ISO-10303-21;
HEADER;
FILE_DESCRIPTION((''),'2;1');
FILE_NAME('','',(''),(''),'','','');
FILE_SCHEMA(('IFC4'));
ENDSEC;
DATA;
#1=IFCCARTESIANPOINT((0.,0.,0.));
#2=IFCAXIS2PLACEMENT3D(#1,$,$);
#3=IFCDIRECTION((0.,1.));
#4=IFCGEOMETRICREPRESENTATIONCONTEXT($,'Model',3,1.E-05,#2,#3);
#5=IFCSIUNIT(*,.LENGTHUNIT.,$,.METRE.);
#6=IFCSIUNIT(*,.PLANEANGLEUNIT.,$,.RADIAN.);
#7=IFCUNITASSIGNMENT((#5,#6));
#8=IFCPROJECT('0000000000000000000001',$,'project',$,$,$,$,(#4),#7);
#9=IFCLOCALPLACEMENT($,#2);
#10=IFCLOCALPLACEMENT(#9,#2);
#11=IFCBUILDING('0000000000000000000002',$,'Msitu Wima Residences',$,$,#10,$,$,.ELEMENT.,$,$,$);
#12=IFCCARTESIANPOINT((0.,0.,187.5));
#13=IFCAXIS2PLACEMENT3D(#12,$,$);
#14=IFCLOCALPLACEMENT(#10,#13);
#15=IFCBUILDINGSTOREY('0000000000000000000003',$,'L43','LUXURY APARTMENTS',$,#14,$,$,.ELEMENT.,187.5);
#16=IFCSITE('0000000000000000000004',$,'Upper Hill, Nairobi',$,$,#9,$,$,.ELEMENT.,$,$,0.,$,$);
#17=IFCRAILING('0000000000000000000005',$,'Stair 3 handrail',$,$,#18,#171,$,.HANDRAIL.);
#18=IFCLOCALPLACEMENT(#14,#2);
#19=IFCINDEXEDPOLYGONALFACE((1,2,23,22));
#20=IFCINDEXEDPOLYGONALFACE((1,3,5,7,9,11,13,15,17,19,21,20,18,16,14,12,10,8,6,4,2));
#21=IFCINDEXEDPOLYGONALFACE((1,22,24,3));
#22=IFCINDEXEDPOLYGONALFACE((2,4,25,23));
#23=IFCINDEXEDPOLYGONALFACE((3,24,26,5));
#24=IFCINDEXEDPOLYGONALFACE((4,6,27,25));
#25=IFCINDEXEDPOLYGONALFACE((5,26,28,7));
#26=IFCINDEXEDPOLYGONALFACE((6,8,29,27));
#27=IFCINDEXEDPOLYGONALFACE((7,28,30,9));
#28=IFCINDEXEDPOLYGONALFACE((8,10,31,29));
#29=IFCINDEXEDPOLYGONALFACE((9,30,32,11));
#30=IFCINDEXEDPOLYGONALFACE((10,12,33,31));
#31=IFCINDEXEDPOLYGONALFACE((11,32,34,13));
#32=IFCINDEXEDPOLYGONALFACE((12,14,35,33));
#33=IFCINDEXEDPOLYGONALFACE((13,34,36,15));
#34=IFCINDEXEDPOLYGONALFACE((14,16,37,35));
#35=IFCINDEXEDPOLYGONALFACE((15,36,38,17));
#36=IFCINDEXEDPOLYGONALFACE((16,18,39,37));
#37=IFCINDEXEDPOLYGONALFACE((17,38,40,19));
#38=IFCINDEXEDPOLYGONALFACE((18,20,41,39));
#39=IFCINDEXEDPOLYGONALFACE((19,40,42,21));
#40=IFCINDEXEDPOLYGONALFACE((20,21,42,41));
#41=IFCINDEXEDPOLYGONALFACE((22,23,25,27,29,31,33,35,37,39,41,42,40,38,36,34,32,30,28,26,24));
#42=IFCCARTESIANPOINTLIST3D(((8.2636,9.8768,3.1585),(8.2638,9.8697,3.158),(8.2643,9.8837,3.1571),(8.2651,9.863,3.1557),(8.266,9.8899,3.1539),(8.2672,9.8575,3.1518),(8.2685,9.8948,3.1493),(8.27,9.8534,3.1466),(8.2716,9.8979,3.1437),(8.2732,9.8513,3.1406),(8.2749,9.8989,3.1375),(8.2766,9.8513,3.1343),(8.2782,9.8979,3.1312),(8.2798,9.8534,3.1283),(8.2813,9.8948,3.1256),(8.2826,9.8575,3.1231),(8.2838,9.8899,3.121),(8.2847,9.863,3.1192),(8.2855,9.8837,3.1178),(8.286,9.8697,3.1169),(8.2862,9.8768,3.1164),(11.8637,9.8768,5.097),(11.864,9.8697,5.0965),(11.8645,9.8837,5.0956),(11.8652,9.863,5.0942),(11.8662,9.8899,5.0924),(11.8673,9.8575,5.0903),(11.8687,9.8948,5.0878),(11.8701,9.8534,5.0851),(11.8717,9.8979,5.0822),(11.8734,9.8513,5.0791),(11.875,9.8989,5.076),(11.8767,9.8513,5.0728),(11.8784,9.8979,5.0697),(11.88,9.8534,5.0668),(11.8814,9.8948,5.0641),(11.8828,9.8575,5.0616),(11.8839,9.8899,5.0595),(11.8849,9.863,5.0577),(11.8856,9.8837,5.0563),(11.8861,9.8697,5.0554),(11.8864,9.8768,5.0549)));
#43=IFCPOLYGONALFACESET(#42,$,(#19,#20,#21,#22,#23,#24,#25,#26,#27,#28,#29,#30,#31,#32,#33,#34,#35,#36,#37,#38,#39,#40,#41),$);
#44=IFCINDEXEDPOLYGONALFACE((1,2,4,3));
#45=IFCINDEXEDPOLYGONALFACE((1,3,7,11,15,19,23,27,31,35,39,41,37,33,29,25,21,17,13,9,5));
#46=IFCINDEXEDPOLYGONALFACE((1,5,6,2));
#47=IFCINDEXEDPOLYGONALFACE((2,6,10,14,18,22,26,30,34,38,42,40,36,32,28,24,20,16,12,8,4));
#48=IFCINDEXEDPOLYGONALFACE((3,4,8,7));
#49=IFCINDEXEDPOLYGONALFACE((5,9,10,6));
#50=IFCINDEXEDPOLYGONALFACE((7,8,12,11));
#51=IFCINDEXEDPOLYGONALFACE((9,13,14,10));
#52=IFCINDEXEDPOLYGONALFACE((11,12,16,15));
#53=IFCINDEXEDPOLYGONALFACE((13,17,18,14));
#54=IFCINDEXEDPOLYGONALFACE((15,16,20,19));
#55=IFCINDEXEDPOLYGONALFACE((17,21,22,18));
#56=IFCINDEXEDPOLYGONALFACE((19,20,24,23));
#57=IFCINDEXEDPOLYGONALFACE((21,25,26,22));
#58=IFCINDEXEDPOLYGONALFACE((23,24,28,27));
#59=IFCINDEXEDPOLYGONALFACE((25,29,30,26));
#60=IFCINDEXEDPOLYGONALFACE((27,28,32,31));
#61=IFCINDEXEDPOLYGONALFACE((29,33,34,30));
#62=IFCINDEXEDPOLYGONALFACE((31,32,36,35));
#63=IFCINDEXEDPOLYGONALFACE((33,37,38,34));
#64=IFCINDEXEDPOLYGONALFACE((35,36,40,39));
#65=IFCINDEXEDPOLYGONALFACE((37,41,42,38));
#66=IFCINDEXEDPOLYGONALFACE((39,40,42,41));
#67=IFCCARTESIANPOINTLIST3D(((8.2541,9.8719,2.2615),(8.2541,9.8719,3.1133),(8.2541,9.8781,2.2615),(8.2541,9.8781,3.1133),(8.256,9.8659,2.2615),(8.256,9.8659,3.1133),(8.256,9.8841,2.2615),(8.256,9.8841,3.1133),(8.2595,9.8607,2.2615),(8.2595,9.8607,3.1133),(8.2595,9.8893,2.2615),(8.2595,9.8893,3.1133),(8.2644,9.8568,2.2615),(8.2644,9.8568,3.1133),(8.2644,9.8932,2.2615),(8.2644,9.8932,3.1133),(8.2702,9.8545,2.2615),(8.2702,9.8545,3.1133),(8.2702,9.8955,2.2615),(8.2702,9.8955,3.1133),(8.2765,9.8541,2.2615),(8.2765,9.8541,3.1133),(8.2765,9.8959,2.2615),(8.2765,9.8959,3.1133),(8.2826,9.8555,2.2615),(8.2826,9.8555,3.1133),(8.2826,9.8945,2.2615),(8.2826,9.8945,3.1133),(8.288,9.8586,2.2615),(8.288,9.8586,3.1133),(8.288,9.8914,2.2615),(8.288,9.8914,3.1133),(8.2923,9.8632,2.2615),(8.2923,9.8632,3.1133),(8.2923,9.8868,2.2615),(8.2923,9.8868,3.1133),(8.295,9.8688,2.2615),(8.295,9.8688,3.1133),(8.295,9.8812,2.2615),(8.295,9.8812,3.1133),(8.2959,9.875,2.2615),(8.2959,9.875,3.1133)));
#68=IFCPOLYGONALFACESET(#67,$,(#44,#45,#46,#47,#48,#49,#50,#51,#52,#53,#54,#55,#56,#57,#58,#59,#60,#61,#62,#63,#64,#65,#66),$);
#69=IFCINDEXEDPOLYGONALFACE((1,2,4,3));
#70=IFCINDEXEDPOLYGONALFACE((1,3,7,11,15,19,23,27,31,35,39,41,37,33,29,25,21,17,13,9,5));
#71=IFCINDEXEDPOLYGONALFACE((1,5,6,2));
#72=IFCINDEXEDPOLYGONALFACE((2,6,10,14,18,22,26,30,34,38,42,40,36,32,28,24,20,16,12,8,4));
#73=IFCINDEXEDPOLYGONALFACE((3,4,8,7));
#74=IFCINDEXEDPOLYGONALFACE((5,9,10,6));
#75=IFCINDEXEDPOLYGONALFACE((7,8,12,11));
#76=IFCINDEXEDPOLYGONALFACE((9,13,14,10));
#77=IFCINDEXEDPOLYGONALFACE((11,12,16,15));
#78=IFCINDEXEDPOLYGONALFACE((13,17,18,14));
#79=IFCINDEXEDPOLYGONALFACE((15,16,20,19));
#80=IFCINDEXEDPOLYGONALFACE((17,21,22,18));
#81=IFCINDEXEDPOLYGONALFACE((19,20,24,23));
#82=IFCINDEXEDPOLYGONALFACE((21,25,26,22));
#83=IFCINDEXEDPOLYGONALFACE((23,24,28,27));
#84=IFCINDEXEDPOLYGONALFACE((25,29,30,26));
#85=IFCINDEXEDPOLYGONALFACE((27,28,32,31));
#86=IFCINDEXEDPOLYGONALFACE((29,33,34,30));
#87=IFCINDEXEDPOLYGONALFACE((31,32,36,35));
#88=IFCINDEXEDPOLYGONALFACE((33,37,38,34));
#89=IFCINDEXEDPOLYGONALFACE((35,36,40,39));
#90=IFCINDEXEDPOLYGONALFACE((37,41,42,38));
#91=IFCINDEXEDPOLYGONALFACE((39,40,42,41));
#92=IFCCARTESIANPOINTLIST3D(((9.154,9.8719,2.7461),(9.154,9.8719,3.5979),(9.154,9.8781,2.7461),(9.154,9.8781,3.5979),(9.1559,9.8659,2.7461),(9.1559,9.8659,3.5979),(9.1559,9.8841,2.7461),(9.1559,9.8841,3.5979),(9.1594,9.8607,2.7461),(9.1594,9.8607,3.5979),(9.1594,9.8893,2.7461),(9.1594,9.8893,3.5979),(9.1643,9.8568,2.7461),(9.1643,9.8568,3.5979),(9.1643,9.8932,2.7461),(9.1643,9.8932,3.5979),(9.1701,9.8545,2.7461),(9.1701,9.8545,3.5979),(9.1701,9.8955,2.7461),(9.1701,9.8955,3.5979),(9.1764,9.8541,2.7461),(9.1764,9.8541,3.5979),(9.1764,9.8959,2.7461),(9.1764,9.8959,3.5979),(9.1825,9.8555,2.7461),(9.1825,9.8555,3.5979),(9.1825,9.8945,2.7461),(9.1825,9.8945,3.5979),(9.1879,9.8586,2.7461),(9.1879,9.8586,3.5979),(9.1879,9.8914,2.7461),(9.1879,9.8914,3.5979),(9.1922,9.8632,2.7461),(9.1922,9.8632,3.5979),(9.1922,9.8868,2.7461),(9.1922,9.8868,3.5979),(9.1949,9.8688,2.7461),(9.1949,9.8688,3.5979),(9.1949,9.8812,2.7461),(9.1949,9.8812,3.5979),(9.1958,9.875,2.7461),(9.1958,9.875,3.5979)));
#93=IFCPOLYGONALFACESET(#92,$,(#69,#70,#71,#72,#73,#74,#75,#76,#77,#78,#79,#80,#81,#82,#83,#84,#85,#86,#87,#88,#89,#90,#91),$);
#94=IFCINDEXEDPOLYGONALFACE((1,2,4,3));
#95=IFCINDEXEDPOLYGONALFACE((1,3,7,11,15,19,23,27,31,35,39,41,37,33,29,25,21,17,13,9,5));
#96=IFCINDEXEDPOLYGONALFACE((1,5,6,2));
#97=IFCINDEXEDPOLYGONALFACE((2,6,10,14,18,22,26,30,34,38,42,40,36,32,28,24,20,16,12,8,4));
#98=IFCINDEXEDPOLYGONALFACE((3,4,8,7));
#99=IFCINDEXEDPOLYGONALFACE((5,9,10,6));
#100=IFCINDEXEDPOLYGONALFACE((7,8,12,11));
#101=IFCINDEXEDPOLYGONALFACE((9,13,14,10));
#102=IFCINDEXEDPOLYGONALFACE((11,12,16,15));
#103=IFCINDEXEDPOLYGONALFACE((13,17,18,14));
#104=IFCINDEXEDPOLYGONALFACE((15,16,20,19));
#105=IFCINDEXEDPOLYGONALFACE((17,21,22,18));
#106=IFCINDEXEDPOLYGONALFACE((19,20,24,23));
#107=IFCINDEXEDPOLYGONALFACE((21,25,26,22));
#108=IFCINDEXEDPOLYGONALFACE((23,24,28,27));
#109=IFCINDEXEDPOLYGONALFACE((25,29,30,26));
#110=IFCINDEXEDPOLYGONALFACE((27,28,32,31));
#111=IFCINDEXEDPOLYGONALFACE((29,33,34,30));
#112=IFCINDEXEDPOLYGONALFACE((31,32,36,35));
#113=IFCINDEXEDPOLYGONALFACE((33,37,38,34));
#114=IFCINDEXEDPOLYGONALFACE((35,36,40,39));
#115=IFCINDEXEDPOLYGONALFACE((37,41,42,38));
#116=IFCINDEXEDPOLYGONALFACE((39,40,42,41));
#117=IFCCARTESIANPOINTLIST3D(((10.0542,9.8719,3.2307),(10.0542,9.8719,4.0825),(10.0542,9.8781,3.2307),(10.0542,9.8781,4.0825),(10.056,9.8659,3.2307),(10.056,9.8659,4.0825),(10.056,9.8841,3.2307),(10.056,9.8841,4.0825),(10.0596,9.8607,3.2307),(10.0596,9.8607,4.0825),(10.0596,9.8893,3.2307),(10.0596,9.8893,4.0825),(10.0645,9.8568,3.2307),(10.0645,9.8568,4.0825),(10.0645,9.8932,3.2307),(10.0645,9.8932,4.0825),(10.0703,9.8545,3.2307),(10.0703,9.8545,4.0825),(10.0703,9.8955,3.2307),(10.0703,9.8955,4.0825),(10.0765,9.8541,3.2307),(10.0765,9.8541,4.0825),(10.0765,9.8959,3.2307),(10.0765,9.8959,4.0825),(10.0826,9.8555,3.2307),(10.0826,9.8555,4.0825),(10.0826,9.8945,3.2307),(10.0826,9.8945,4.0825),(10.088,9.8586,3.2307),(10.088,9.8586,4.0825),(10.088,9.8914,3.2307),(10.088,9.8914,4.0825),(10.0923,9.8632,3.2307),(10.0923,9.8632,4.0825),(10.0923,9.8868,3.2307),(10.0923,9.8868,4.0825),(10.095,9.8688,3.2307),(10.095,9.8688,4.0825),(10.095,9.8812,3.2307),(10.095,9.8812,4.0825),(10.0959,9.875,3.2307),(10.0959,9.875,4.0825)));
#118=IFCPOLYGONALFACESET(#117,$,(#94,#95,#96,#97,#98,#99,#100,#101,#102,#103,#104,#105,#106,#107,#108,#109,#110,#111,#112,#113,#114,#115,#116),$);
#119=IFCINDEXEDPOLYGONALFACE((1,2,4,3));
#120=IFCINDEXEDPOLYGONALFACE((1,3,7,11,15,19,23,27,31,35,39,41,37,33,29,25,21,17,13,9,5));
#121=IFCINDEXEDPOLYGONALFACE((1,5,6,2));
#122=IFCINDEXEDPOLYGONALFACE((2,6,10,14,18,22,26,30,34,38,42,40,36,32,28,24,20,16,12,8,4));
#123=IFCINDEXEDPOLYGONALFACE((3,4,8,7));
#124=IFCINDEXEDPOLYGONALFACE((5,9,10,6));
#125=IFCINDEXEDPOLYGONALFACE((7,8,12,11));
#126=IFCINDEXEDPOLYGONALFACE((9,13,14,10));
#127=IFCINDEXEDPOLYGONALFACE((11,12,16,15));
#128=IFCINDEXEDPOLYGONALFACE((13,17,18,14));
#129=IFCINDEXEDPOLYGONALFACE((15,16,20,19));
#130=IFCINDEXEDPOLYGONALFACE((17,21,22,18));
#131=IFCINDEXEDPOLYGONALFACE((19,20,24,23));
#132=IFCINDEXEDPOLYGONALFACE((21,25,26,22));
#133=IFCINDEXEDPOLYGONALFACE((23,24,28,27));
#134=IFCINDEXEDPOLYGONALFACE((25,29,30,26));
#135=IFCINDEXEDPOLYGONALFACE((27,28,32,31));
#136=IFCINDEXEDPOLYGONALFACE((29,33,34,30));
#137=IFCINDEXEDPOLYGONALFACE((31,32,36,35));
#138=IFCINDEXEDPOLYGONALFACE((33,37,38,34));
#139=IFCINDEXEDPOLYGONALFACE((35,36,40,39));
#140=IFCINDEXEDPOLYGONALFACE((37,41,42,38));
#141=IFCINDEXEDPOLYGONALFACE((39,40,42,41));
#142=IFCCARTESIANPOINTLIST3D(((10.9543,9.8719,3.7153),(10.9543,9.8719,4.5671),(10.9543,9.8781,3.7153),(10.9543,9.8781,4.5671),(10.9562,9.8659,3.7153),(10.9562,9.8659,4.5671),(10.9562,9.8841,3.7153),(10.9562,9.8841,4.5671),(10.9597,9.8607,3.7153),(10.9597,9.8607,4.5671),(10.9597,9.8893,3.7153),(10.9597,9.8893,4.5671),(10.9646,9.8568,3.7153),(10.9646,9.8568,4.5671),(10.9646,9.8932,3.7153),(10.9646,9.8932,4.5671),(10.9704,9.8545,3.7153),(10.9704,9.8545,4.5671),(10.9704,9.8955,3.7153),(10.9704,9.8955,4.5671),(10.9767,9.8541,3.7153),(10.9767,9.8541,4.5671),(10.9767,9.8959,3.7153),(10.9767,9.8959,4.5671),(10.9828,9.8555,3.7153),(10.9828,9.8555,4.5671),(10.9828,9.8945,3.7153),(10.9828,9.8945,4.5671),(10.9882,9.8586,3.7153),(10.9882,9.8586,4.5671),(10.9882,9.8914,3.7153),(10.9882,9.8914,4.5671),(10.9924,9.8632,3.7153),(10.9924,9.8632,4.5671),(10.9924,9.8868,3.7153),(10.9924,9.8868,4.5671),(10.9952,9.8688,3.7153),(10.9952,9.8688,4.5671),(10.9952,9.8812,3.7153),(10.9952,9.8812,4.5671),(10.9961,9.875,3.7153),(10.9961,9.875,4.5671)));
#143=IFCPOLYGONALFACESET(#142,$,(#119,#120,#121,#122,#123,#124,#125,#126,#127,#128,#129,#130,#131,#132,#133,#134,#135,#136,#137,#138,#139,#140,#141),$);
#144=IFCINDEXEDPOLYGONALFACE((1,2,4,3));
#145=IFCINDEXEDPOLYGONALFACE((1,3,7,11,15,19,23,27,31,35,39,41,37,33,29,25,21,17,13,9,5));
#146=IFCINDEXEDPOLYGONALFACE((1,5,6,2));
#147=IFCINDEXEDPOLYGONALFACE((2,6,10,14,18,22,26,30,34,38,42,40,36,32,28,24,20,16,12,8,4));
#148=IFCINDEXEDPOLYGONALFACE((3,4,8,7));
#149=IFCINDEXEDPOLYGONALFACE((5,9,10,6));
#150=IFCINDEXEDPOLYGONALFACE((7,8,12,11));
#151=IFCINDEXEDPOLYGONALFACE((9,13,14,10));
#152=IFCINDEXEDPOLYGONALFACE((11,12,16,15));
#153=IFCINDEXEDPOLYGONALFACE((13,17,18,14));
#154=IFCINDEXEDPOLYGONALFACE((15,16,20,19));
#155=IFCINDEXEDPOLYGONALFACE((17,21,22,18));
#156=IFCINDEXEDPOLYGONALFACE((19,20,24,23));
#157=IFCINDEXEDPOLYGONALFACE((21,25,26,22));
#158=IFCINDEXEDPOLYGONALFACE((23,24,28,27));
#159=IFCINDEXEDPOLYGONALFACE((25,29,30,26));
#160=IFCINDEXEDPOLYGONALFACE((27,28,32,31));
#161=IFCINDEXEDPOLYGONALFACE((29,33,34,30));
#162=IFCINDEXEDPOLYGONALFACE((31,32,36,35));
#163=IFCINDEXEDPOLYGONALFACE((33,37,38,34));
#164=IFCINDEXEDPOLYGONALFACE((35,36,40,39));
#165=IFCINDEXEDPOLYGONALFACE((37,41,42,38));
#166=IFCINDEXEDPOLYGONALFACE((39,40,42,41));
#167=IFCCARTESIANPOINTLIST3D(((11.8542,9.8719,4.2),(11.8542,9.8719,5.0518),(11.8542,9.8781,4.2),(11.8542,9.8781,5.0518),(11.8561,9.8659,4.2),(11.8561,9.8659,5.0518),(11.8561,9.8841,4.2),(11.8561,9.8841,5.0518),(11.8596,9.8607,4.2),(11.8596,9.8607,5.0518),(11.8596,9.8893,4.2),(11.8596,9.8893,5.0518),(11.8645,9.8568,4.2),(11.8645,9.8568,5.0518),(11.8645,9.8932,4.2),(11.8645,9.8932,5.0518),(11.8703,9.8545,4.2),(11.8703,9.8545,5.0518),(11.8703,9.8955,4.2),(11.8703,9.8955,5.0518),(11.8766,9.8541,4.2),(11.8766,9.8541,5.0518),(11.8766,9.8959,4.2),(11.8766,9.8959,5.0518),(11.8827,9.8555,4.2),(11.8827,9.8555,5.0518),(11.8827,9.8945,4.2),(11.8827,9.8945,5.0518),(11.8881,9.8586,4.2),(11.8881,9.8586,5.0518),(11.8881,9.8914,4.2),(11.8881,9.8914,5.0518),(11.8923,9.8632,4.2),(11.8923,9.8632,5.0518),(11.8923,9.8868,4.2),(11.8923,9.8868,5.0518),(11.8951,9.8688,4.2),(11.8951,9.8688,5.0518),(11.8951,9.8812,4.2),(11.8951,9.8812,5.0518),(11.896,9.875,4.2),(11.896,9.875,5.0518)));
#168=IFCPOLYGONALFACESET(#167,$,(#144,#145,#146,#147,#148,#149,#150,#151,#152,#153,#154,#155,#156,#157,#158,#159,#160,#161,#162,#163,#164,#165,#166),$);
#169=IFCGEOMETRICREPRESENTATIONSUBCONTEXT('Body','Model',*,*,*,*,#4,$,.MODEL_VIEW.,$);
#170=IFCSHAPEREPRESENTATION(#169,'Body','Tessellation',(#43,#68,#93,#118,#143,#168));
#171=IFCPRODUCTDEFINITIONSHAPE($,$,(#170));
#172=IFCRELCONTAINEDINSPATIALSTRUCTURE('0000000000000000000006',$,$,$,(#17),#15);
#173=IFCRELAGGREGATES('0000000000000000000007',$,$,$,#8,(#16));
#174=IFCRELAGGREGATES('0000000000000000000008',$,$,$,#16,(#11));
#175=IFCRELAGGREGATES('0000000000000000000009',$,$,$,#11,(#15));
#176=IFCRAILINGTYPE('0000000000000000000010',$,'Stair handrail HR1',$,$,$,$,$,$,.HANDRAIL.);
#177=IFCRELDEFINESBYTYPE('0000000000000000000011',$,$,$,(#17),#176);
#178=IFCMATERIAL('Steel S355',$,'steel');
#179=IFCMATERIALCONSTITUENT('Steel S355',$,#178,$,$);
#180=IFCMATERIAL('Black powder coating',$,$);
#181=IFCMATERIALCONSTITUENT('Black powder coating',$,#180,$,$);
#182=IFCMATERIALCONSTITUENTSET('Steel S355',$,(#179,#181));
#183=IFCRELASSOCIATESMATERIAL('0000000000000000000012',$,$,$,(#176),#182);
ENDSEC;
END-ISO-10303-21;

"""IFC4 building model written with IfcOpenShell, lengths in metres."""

from ifc_helpers import new_model, si_unit, direction, frame, origin, origin_2d, place, context, subcontext, project, spatial, circle, extrude, material, constituent, constituent_set, type_object, element, save


model = new_model("IFC4")

# Units and contexts
model_context = context("Model", 3, precision=1e-05, world=origin(), true_north=direction((0.0, 1.0)))
body_context = subcontext(model_context, "Body", "Model", "MODEL_VIEW")
ifc_project = project(units=[si_unit("LENGTHUNIT", "METRE"), si_unit("PLANEANGLEUNIT", "RADIAN")], contexts=[model_context])

# Site, building, storey
site_placement = place(None, origin())
site = spatial("IfcSite", under=ifc_project, at=site_placement, Name="Upper Hill, Nairobi", CompositionType="ELEMENT", RefElevation=0.0)
building_placement = place(site_placement, origin())
building = spatial("IfcBuilding", under=site, at=building_placement, Name="Msitu Wima Residences", CompositionType="ELEMENT")
storey_placement = place(building_placement, frame((0.0, 0.0, 187.5)))
storey = spatial("IfcBuildingStorey", under=building, at=storey_placement, Name="L43", Description="LUXURY APARTMENTS", CompositionType="ELEMENT", Elevation=187.5)

# Railing
ifc_material_1 = material(Name="Steel S355", Category="steel")
ifc_constituent_1 = constituent(ifc_material_1, Name="Steel S355")
ifc_material_2 = material(Name="Black powder coating")
ifc_constituent_2 = constituent(ifc_material_2, Name="Black powder coating")
ifc_constituent_set = constituent_set(constituents=[ifc_constituent_1, ifc_constituent_2], Name="Steel S355")
railing_type = type_object("IfcRailingType", Name="Stair handrail HR1", PredefinedType="HANDRAIL", material=ifc_constituent_set)
for number, where, name in (
    (1, (8.2749, 9.875, 2.2615), "Stair 3 handrail"),
):
    element("IfcRailing", number, at=place(storey_placement, frame(where)), inside=storey, type_object=railing_type, Name=name, PredefinedType="HANDRAIL", context=body_context, shape_type="SweptSolid", body=[
        extrude(circle(Radius=0.0239, at=origin_2d()), frame((0.0, 0.0, 0.876), z_axis=(0.880475, 0.0, 0.474093), x_axis=(0.0, 1.0, 0.0)), (0.0, 0.0, 1.0), 4.0889),
        extrude(circle(Radius=0.021, at=origin_2d()), origin(), (0.0, 0.0, 1.0), 0.8518),
        extrude(circle(Radius=0.021, at=origin_2d()), frame((0.8999, 0.0, 0.4846)), (0.0, 0.0, 1.0), 0.8518),
        extrude(circle(Radius=0.021, at=origin_2d()), frame((1.8, 0.0, 0.9692)), (0.0, 0.0, 1.0), 0.8518),
        extrude(circle(Radius=0.021, at=origin_2d()), frame((2.7002, 0.0, 1.4539)), (0.0, 0.0, 1.0), 0.8518),
        extrude(circle(Radius=0.021, at=origin_2d()), frame((3.6001, 0.0, 1.9385)), (0.0, 0.0, 1.0), 0.8518),
    ])

save(model, "model.ifc")
